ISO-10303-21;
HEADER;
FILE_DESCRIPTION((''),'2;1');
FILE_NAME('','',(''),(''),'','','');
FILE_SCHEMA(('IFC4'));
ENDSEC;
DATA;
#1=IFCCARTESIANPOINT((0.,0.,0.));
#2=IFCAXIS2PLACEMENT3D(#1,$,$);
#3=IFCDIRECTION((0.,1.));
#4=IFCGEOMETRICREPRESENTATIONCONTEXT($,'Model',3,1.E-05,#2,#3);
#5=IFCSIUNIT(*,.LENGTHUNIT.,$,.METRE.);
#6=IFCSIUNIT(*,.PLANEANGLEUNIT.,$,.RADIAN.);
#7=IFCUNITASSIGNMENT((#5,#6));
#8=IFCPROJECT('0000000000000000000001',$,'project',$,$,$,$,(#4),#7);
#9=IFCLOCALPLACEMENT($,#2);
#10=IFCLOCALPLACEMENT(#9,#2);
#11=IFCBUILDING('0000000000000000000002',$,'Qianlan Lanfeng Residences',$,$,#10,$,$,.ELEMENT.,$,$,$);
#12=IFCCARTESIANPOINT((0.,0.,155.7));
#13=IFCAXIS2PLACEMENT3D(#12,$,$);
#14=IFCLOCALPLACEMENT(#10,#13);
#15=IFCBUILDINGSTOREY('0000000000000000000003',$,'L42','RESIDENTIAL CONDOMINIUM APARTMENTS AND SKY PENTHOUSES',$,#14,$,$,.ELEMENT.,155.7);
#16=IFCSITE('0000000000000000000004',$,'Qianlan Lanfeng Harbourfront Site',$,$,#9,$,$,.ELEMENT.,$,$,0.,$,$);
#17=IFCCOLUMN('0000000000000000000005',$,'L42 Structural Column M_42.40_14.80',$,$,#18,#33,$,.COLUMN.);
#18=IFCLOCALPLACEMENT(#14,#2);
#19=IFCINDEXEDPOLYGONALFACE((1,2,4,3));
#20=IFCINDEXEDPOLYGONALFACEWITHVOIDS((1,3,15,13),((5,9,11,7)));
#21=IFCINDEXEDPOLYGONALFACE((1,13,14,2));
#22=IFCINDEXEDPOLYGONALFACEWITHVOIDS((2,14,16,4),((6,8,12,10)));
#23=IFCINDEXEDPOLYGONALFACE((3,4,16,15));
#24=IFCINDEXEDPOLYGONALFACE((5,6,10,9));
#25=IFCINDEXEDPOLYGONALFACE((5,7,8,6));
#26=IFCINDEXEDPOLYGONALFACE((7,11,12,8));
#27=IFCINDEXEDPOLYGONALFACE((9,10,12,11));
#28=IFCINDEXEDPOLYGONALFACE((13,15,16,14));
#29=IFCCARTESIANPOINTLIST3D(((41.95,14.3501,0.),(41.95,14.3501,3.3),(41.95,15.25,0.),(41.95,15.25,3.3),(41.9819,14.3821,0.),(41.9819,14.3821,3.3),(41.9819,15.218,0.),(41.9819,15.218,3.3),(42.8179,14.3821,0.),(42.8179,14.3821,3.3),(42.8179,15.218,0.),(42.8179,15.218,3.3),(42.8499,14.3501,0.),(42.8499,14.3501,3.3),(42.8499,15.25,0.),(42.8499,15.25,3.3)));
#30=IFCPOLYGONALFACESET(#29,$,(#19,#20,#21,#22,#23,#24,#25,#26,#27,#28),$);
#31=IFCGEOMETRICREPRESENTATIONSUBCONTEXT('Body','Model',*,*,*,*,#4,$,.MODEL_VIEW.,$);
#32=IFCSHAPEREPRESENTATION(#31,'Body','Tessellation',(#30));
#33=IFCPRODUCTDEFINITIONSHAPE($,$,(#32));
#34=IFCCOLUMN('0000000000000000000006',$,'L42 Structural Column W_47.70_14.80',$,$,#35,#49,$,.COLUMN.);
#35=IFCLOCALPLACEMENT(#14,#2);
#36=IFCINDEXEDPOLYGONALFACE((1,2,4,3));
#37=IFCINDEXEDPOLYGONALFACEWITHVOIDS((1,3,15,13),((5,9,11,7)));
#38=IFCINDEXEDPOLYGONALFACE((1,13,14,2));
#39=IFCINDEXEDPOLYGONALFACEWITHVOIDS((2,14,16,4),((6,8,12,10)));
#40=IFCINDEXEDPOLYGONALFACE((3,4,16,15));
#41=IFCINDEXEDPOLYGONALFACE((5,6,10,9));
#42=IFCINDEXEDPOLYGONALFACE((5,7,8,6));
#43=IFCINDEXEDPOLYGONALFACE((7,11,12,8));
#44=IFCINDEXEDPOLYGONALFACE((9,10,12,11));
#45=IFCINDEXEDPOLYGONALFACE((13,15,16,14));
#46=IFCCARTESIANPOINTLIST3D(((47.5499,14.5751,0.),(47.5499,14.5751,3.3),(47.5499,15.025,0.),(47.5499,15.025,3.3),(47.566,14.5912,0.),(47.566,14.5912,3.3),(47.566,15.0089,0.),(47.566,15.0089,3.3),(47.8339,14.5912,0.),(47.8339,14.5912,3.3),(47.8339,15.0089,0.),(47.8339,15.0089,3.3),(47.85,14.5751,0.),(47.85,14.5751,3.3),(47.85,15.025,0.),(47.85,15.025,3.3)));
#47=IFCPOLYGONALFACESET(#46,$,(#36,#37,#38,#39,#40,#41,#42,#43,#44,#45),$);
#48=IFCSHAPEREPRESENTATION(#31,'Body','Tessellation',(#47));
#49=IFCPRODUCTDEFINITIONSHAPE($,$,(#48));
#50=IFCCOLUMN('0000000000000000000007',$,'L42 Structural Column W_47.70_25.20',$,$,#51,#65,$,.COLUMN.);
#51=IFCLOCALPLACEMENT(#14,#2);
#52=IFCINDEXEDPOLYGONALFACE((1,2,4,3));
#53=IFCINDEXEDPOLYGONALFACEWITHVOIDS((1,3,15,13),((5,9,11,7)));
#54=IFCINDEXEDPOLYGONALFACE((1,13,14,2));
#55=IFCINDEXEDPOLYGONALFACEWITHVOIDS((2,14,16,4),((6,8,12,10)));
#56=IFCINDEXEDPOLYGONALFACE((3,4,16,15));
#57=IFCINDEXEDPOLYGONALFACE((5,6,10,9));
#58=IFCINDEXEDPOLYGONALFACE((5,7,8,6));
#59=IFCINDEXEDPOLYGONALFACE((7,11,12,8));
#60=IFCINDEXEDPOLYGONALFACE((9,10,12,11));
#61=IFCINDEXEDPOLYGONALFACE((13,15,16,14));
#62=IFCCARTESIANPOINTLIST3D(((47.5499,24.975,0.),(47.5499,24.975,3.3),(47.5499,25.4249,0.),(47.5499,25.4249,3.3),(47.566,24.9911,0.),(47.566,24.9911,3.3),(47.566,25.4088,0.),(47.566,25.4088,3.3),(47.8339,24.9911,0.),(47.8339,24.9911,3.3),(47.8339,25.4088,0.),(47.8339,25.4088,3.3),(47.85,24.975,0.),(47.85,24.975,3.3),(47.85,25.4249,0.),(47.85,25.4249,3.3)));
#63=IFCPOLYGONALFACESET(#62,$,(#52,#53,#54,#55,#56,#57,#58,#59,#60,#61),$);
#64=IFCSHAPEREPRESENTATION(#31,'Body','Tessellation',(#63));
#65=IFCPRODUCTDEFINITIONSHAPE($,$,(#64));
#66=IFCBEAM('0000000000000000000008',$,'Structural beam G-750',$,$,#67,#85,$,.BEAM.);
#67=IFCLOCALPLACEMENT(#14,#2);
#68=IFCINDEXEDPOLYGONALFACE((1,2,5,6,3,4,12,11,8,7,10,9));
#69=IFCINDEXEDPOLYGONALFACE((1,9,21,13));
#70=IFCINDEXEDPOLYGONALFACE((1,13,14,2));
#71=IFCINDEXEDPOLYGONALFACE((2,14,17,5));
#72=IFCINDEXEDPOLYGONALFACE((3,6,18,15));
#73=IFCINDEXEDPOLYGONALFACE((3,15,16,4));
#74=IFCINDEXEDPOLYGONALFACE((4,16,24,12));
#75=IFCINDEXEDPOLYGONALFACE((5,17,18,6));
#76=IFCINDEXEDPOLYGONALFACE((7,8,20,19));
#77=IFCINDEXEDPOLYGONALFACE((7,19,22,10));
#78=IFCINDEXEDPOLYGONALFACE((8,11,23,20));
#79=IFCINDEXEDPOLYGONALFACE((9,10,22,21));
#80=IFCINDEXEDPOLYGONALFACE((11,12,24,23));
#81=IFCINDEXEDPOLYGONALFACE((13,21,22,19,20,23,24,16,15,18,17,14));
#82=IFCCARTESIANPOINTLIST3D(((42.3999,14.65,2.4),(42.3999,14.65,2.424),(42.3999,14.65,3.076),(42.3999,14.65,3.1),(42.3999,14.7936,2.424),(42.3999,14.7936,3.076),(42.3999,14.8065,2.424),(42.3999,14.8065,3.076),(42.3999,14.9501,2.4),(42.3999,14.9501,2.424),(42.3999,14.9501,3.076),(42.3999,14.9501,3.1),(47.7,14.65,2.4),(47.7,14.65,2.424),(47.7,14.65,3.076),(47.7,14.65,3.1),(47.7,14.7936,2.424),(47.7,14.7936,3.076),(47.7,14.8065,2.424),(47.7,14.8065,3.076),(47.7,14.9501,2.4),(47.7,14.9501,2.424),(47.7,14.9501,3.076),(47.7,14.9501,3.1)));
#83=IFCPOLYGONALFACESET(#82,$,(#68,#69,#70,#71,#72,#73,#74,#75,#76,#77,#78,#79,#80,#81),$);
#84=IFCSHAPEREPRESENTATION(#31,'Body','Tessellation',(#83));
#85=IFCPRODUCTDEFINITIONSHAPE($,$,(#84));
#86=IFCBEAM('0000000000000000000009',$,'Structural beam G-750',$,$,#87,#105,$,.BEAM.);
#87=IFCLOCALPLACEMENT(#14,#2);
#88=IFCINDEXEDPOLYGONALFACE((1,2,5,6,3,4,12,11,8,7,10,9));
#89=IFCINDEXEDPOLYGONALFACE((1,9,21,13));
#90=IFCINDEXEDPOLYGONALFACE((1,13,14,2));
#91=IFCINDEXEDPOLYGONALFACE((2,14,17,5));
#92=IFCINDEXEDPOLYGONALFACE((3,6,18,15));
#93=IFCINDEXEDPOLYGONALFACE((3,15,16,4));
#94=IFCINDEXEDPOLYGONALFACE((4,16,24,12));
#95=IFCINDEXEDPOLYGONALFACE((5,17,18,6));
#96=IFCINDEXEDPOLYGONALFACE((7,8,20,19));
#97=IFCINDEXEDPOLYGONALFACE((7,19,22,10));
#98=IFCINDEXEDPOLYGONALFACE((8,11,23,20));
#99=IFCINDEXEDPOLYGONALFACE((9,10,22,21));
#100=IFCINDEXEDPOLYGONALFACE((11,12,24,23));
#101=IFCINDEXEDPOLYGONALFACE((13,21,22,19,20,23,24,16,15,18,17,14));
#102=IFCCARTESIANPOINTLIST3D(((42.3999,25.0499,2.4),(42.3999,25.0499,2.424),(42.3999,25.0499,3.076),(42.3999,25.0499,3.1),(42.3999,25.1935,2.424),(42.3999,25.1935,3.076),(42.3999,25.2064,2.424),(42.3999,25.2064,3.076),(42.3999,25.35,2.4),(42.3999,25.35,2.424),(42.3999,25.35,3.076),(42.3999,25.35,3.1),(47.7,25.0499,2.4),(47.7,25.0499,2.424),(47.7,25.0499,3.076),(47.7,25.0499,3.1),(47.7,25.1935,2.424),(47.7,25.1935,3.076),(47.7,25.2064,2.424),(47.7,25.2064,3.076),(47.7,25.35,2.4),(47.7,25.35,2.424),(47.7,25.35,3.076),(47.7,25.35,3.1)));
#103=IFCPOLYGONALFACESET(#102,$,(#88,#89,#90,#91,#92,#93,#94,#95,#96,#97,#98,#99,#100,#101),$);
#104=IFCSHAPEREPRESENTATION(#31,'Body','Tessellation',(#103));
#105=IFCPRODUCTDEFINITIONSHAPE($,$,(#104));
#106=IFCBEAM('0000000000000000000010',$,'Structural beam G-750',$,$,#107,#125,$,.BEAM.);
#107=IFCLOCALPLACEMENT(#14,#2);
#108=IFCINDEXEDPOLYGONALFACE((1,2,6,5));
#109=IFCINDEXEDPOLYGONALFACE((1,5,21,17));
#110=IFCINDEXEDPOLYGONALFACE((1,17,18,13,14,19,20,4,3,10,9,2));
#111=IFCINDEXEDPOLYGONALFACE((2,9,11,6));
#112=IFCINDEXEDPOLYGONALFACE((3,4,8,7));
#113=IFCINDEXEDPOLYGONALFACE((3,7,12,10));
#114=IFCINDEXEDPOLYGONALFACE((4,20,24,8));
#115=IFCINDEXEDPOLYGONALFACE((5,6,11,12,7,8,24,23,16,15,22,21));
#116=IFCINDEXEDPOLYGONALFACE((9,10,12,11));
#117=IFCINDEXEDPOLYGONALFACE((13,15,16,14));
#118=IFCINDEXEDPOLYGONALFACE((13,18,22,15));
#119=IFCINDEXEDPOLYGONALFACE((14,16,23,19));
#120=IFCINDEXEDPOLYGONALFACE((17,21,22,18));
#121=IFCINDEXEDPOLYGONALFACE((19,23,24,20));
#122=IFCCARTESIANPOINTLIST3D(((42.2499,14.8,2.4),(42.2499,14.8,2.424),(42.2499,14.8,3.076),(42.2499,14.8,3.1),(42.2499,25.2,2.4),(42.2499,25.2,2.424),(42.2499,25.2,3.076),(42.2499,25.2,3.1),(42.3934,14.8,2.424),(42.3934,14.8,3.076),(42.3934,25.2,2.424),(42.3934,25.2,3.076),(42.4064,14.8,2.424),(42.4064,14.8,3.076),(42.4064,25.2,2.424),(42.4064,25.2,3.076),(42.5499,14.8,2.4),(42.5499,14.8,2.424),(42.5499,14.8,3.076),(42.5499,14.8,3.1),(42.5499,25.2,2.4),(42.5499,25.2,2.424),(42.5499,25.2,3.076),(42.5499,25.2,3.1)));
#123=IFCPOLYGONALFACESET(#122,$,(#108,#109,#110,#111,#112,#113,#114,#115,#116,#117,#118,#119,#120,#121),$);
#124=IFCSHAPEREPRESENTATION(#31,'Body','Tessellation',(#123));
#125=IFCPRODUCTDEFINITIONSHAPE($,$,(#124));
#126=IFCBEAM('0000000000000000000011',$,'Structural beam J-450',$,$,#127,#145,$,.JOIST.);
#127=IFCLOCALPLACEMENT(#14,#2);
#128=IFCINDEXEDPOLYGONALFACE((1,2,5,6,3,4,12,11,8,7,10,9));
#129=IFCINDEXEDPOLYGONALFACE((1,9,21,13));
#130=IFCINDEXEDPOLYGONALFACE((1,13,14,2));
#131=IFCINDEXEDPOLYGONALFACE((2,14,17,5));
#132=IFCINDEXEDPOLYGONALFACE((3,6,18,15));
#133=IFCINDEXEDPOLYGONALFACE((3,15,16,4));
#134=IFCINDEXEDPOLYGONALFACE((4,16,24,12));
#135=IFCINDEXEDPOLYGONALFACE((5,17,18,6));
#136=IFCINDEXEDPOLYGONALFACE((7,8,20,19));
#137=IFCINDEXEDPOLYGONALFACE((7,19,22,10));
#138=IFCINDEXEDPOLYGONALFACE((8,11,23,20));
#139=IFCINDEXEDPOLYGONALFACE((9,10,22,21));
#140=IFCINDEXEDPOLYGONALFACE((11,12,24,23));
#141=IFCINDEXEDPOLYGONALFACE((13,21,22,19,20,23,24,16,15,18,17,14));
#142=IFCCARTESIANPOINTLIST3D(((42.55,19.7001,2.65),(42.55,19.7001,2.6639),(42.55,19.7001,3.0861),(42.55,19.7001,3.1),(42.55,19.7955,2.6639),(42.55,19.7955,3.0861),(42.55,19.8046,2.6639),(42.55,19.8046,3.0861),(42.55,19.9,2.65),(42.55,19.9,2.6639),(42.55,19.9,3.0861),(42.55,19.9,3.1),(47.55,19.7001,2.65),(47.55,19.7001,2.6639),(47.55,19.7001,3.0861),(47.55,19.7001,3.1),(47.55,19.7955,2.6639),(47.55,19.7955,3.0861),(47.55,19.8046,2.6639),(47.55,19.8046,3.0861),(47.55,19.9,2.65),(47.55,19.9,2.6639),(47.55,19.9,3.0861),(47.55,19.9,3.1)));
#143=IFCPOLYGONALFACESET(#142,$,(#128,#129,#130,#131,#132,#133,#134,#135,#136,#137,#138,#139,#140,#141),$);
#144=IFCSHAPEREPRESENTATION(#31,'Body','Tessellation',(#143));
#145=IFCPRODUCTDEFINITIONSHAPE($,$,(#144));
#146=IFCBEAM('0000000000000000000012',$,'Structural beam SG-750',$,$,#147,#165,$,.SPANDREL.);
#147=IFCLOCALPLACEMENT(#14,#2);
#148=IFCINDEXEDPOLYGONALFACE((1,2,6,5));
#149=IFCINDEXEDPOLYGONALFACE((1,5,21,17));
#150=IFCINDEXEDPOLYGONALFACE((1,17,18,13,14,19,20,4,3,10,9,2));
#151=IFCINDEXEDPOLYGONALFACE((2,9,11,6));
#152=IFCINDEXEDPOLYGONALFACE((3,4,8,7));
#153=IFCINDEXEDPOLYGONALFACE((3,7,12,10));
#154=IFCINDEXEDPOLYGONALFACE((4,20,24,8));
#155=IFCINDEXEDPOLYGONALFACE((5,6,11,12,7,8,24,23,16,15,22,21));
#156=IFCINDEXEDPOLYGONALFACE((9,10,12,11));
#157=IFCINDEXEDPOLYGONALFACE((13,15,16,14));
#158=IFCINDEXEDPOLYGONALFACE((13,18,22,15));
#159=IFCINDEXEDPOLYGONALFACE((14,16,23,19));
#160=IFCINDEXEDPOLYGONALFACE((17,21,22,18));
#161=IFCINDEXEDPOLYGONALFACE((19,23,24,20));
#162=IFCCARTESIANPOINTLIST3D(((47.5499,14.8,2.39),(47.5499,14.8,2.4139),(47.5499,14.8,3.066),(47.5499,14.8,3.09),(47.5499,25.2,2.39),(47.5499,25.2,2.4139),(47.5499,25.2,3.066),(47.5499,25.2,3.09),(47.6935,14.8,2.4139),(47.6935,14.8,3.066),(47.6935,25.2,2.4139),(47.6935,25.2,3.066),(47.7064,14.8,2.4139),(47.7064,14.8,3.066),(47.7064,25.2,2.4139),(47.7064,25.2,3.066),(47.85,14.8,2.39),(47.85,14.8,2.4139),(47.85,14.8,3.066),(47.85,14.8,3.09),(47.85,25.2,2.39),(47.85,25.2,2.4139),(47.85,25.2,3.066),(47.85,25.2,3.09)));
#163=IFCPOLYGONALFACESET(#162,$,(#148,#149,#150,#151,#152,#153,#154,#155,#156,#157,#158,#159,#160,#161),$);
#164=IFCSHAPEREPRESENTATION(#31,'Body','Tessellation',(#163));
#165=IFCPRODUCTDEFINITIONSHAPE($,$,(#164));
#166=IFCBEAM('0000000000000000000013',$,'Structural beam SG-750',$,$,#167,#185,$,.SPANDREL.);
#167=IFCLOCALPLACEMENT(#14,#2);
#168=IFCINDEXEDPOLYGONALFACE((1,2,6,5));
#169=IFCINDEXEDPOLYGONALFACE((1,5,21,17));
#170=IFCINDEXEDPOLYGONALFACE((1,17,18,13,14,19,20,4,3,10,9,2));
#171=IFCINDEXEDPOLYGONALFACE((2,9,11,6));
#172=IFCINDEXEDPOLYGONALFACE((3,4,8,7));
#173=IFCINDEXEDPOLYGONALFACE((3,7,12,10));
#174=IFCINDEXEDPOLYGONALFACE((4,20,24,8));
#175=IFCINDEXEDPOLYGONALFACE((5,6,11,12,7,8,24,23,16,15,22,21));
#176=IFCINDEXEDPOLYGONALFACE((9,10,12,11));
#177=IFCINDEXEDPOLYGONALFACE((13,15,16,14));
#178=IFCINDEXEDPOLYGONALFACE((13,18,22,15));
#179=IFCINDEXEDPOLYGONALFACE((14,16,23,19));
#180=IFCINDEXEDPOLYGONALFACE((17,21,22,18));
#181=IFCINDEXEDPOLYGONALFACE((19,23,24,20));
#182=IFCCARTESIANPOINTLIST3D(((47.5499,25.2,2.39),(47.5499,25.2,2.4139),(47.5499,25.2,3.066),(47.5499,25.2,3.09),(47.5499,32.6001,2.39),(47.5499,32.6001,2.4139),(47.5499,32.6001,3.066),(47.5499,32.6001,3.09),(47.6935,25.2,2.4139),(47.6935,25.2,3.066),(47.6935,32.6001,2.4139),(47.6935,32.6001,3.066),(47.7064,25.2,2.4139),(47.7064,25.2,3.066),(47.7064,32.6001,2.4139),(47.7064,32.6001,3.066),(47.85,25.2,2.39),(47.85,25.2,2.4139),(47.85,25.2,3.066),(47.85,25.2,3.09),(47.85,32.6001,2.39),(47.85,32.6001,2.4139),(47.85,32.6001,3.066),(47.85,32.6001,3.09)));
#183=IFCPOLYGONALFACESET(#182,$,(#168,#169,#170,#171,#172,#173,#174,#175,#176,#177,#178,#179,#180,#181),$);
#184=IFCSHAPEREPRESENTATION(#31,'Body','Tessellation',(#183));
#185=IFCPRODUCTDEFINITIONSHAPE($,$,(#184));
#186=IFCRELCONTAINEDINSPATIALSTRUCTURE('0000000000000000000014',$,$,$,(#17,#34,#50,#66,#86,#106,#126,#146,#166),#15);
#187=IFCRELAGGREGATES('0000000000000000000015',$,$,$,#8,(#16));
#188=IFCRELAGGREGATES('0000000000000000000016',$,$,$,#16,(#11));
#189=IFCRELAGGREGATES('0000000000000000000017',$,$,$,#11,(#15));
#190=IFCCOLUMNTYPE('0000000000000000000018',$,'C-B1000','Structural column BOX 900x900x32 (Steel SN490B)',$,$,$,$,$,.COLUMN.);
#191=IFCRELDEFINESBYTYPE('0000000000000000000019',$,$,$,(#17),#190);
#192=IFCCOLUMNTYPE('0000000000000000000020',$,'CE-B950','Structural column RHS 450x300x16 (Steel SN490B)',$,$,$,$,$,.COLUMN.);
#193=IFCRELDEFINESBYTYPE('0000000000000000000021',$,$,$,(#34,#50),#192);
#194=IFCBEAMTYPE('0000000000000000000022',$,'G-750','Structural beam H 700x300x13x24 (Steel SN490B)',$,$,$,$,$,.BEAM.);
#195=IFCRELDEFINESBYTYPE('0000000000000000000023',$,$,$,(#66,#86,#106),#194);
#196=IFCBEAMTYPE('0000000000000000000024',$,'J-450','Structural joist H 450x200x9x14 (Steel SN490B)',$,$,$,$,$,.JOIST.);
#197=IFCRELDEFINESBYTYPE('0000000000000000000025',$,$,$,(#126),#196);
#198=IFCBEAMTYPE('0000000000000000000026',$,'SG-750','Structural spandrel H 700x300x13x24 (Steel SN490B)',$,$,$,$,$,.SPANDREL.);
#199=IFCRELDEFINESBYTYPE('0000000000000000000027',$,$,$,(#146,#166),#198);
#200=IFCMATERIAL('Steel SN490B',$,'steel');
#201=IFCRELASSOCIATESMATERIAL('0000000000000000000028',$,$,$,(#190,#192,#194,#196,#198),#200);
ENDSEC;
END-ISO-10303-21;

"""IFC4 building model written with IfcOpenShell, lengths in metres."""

from ifc_helpers import new_model, si_unit, direction, frame, origin, origin_2d, place, context, subcontext, project, spatial, hollow_rectangle, i_section, extrude, material, material_profile, profile_set, type_object, element, save


model = new_model("IFC4")

# Units and contexts
model_context = context("Model", 3, precision=1e-05, world=origin(), true_north=direction((0.0, 1.0)))
body_context = subcontext(model_context, "Body", "Model", "MODEL_VIEW")
ifc_project = project(units=[si_unit("LENGTHUNIT", "METRE"), si_unit("PLANEANGLEUNIT", "RADIAN")], contexts=[model_context])

# Site, building, storey
site_placement = place(None, origin())
site = spatial("IfcSite", under=ifc_project, at=site_placement, Name="Qianlan Lanfeng Harbourfront Site", CompositionType="ELEMENT", RefElevation=0.0)
building_placement = place(site_placement, origin())
building = spatial("IfcBuilding", under=site, at=building_placement, Name="Qianlan Lanfeng Residences", CompositionType="ELEMENT")
storey_placement = place(building_placement, frame((0.0, 0.0, 155.7)))
storey = spatial("IfcBuildingStorey", under=building, at=storey_placement, Name="L42", Description="RESIDENTIAL CONDOMINIUM APARTMENTS AND SKY PENTHOUSES", CompositionType="ELEMENT", Elevation=155.7)

# Columns
ifc_material_1 = material(Name="Steel SN490B", Category="steel")
ifc_material_profile_1 = material_profile(ifc_material_1, hollow_rectangle(XDim=0.8999, YDim=0.8999, WallThickness=0.032, at=origin_2d()), Name="BOX 900x900x32")
ifc_profile_set_1 = profile_set([ifc_material_profile_1], Name="Steel SN490B")
column_type_1 = type_object("IfcColumnType", Name="C-B1000", Description="Structural column BOX 900x900x32 (Steel SN490B)", PredefinedType="COLUMN", material=ifc_profile_set_1)
column_placement = place(storey_placement, frame((42.3999, 14.8, 0.0), z_axis=(0.0, 0.0, 1.0), x_axis=(1.0, 0.0, 0.0)))
element("IfcColumn", 1, at=column_placement, inside=storey, type_object=column_type_1, Name="L42 Structural Column M_42.40_14.80", PredefinedType="COLUMN", context=body_context, shape_type="SweptSolid", body=[
    extrude(hollow_rectangle(XDim=0.8999, YDim=0.8999, WallThickness=0.032, at=origin_2d()), origin(), (0.0, 0.0, 1.0), 3.3),
])
ifc_material_profile_2 = material_profile(ifc_material_1, hollow_rectangle(XDim=0.3, YDim=0.45, WallThickness=0.0161, at=origin_2d()), Name="RHS 450x300x16")
ifc_profile_set_2 = profile_set([ifc_material_profile_2], Name="Steel SN490B")
column_type_2 = type_object("IfcColumnType", Name="CE-B950", Description="Structural column RHS 450x300x16 (Steel SN490B)", PredefinedType="COLUMN", material=ifc_profile_set_2)
for number, where, z_axis, x_axis, name in (
    (2, (47.7, 14.8, 0.0), (0.0, 0.0, 1.0), (1.0, 0.0, 0.0), "L42 Structural Column W_47.70_14.80"),
    (3, (47.7, 25.2, 0.0), (0.0, 0.0, 1.0), (1.0, 0.0, 0.0), "L42 Structural Column W_47.70_25.20"),
):
    element("IfcColumn", number, at=place(storey_placement, frame(where, z_axis=z_axis, x_axis=x_axis)), inside=storey, type_object=column_type_2, Name=name, PredefinedType="COLUMN", context=body_context, shape_type="SweptSolid", body=[
        extrude(hollow_rectangle(XDim=0.3, YDim=0.45, WallThickness=0.0161, at=origin_2d()), origin(), (0.0, 0.0, 1.0), 3.3),
    ])

# Beams
ifc_material_profile_3 = material_profile(ifc_material_1, i_section(OverallWidth=0.3, OverallDepth=0.7, WebThickness=0.0129, FlangeThickness=0.0239, at=origin_2d()), Name="H 700x300x13x24")
ifc_profile_set_3 = profile_set([ifc_material_profile_3], Name="Steel SN490B")
beam_type_1 = type_object("IfcBeamType", Name="G-750", Description="Structural beam H 700x300x13x24 (Steel SN490B)", PredefinedType="BEAM", material=ifc_profile_set_3)
for number, where, z_axis, x_axis, name in (
    (4, (42.3999, 14.8, 2.75), (1.0, 0.0, 0.0), (0.0, 1.0, 0.0), "Structural beam G-750"),
    (5, (42.3999, 25.2, 2.75), (1.0, 0.0, 0.0), (0.0, 1.0, 0.0), "Structural beam G-750"),
):
    element("IfcBeam", number, at=place(storey_placement, frame(where, z_axis=z_axis, x_axis=x_axis)), inside=storey, type_object=beam_type_1, Name=name, PredefinedType="BEAM", context=body_context, shape_type="SweptSolid", body=[
        extrude(i_section(OverallWidth=0.3, OverallDepth=0.7, WebThickness=0.0129, FlangeThickness=0.0239, at=origin_2d()), origin(), (0.0, 0.0, 1.0), 5.3),
    ])
beam_1_placement = place(storey_placement, frame((42.3999, 14.8, 2.75), z_axis=(0.0, 1.0, 0.0), x_axis=(-1.0, 0.0, 0.0)))
element("IfcBeam", 6, at=beam_1_placement, inside=storey, type_object=beam_type_1, Name="Structural beam G-750", PredefinedType="BEAM", context=body_context, shape_type="SweptSolid", body=[
    extrude(i_section(OverallWidth=0.3, OverallDepth=0.7, WebThickness=0.0129, FlangeThickness=0.0239, at=origin_2d()), origin(), (0.0, 0.0, 1.0), 10.3999),
])
ifc_material_profile_4 = material_profile(ifc_material_1, i_section(OverallWidth=0.2, OverallDepth=0.45, WebThickness=0.009, FlangeThickness=0.0139, at=origin_2d()), Name="H 450x200x9x14")
ifc_profile_set_4 = profile_set([ifc_material_profile_4], Name="Steel SN490B")
beam_type_2 = type_object("IfcBeamType", Name="J-450", Description="Structural joist H 450x200x9x14 (Steel SN490B)", PredefinedType="JOIST", material=ifc_profile_set_4)
beam_2_placement = place(storey_placement, frame((42.55, 19.8, 2.875), z_axis=(1.0, 0.0, 0.0), x_axis=(0.0, 1.0, 0.0)))
element("IfcBeam", 7, at=beam_2_placement, inside=storey, type_object=beam_type_2, Name="Structural beam J-450", PredefinedType="JOIST", context=body_context, shape_type="SweptSolid", body=[
    extrude(i_section(OverallWidth=0.2, OverallDepth=0.45, WebThickness=0.009, FlangeThickness=0.0139, at=origin_2d()), origin(), (0.0, 0.0, 1.0), 5.0),
])
ifc_material_profile_5 = material_profile(ifc_material_1, i_section(OverallWidth=0.3, OverallDepth=0.7, WebThickness=0.0129, FlangeThickness=0.0239, at=origin_2d()), Name="H 700x300x13x24")
ifc_profile_set_5 = profile_set([ifc_material_profile_5], Name="Steel SN490B")
beam_type_3 = type_object("IfcBeamType", Name="SG-750", Description="Structural spandrel H 700x300x13x24 (Steel SN490B)", PredefinedType="SPANDREL", material=ifc_profile_set_5)
beam_3_placement = place(storey_placement, frame((47.7, 14.8, 2.74), z_axis=(0.0, 1.0, 0.0), x_axis=(-1.0, 0.0, 0.0)))
element("IfcBeam", 8, at=beam_3_placement, inside=storey, type_object=beam_type_3, Name="Structural beam SG-750", PredefinedType="SPANDREL", context=body_context, shape_type="SweptSolid", body=[
    extrude(i_section(OverallWidth=0.3, OverallDepth=0.7, WebThickness=0.0129, FlangeThickness=0.0239, at=origin_2d()), origin(), (0.0, 0.0, 1.0), 10.3999),
])
beam_4_placement = place(storey_placement, frame((47.7, 25.2, 2.74), z_axis=(0.0, 1.0, 0.0), x_axis=(-1.0, 0.0, 0.0)))
element("IfcBeam", 9, at=beam_4_placement, inside=storey, type_object=beam_type_3, Name="Structural beam SG-750", PredefinedType="SPANDREL", context=body_context, shape_type="SweptSolid", body=[
    extrude(i_section(OverallWidth=0.3, OverallDepth=0.7, WebThickness=0.0129, FlangeThickness=0.0239, at=origin_2d()), origin(), (0.0, 0.0, 1.0), 7.4001),
])

save(model, "model.ifc")
